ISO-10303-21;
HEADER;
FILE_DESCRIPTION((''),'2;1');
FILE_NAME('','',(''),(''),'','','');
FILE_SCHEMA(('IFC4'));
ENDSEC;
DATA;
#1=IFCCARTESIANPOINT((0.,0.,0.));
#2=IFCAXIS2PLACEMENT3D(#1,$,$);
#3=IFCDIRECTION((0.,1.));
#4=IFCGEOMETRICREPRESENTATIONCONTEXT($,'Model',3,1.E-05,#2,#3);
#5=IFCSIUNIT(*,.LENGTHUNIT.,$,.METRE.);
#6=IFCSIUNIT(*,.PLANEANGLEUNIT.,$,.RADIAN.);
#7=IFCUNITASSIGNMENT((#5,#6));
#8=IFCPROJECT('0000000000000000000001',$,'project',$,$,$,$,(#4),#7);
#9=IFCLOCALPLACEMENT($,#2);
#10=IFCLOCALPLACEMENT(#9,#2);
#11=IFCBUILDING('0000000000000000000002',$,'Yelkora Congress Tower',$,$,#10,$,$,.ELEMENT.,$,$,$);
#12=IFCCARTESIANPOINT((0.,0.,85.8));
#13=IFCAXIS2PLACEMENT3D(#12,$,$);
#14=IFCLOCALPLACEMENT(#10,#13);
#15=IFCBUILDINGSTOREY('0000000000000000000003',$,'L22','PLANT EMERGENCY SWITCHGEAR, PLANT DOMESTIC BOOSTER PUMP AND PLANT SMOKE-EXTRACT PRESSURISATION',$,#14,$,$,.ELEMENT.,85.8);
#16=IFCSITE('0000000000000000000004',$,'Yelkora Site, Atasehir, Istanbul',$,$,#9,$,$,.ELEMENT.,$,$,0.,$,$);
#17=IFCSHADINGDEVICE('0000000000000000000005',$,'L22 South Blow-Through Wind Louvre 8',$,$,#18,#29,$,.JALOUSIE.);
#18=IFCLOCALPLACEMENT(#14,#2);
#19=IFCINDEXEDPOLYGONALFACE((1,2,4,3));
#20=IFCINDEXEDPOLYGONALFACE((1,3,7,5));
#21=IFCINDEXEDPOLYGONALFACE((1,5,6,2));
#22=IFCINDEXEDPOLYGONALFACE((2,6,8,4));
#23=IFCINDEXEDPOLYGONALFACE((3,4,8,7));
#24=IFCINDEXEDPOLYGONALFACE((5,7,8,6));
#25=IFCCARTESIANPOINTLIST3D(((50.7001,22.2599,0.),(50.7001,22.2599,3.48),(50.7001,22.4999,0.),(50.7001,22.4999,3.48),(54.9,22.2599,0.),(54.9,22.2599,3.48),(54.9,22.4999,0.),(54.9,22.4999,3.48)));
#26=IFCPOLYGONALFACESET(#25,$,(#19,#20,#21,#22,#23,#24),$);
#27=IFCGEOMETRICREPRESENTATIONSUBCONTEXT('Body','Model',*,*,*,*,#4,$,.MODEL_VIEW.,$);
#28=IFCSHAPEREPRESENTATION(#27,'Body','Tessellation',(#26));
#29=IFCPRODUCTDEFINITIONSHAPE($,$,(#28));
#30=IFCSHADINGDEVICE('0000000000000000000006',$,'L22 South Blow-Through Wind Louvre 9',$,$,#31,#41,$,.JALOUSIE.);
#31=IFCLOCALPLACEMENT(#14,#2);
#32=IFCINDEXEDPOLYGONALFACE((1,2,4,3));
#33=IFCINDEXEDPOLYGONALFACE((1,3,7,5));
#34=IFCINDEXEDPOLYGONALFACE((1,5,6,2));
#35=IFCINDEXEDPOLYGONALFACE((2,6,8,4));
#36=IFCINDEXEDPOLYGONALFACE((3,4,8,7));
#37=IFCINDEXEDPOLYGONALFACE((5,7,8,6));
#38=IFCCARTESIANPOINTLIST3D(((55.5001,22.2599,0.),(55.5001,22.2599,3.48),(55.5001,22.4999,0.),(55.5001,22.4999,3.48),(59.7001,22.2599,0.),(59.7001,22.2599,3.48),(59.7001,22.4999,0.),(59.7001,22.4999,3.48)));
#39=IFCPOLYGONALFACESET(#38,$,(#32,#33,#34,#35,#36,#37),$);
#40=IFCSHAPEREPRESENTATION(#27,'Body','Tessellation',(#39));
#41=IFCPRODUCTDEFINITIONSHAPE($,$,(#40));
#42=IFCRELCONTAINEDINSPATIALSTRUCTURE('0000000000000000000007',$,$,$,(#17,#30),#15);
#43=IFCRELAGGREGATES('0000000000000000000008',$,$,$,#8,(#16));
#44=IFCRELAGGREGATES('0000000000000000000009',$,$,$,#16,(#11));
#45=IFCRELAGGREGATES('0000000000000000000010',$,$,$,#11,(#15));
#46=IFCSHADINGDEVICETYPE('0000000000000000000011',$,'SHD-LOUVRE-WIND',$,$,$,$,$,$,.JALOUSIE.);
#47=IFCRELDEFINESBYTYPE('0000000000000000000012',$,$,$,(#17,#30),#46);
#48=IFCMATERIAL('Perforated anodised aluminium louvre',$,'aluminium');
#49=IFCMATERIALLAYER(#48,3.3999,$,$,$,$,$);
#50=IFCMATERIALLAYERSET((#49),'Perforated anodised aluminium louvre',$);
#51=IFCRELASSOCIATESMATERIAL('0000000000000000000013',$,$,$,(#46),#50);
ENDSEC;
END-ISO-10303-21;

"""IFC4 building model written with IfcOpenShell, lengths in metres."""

from ifc_helpers import new_model, si_unit, direction, frame, origin, origin_2d, place, context, subcontext, project, spatial, rectangle, extrude, material, layer, layer_set, type_object, element, save


model = new_model("IFC4")

# Units and contexts
model_context = context("Model", 3, precision=1e-05, world=origin(), true_north=direction((0.0, 1.0)))
body_context = subcontext(model_context, "Body", "Model", "MODEL_VIEW")
ifc_project = project(units=[si_unit("LENGTHUNIT", "METRE"), si_unit("PLANEANGLEUNIT", "RADIAN")], contexts=[model_context])

# Site, building, storey
site_placement = place(None, origin())
site = spatial("IfcSite", under=ifc_project, at=site_placement, Name="Yelkora Site, Atasehir, Istanbul", CompositionType="ELEMENT", RefElevation=0.0)
building_placement = place(site_placement, origin())
building = spatial("IfcBuilding", under=site, at=building_placement, Name="Yelkora Congress Tower", CompositionType="ELEMENT")
storey_placement = place(building_placement, frame((0.0, 0.0, 85.8)))
storey = spatial("IfcBuildingStorey", under=building, at=storey_placement, Name="L22", Description="PLANT EMERGENCY SWITCHGEAR, PLANT DOMESTIC BOOSTER PUMP AND PLANT SMOKE-EXTRACT PRESSURISATION", CompositionType="ELEMENT", Elevation=85.8)

# Shading devices
ifc_material_1 = material(Name="Perforated anodised aluminium louvre", Category="aluminium")
ifc_layer_1 = layer(ifc_material_1, 3.3999)
ifc_layer_set_1 = layer_set([ifc_layer_1], Name="Perforated anodised aluminium louvre")
shading_device_type = type_object("IfcShadingDeviceType", Name="SHD-LOUVRE-WIND", PredefinedType="JALOUSIE", material=ifc_layer_set_1)
for number, where, z_axis, x_axis, name in (
    (1, (52.8, 22.3799, 0.0), (0.0, 0.0, 1.0), (1.0, 0.0, 0.0), "L22 South Blow-Through Wind Louvre 8"),
    (2, (57.6001, 22.3799, 0.0), (0.0, 0.0, 1.0), (1.0, 0.0, 0.0), "L22 South Blow-Through Wind Louvre 9"),
):
    element("IfcShadingDevice", number, at=place(storey_placement, frame(where, z_axis=z_axis, x_axis=x_axis)), inside=storey, type_object=shading_device_type, Name=name, PredefinedType="JALOUSIE", context=body_context, shape_type="SweptSolid", body=[
        extrude(rectangle(XDim=4.2, YDim=0.24, at=origin_2d()), origin(), (0.0, 0.0, 1.0), 3.48),
    ])

save(model, "model.ifc")
